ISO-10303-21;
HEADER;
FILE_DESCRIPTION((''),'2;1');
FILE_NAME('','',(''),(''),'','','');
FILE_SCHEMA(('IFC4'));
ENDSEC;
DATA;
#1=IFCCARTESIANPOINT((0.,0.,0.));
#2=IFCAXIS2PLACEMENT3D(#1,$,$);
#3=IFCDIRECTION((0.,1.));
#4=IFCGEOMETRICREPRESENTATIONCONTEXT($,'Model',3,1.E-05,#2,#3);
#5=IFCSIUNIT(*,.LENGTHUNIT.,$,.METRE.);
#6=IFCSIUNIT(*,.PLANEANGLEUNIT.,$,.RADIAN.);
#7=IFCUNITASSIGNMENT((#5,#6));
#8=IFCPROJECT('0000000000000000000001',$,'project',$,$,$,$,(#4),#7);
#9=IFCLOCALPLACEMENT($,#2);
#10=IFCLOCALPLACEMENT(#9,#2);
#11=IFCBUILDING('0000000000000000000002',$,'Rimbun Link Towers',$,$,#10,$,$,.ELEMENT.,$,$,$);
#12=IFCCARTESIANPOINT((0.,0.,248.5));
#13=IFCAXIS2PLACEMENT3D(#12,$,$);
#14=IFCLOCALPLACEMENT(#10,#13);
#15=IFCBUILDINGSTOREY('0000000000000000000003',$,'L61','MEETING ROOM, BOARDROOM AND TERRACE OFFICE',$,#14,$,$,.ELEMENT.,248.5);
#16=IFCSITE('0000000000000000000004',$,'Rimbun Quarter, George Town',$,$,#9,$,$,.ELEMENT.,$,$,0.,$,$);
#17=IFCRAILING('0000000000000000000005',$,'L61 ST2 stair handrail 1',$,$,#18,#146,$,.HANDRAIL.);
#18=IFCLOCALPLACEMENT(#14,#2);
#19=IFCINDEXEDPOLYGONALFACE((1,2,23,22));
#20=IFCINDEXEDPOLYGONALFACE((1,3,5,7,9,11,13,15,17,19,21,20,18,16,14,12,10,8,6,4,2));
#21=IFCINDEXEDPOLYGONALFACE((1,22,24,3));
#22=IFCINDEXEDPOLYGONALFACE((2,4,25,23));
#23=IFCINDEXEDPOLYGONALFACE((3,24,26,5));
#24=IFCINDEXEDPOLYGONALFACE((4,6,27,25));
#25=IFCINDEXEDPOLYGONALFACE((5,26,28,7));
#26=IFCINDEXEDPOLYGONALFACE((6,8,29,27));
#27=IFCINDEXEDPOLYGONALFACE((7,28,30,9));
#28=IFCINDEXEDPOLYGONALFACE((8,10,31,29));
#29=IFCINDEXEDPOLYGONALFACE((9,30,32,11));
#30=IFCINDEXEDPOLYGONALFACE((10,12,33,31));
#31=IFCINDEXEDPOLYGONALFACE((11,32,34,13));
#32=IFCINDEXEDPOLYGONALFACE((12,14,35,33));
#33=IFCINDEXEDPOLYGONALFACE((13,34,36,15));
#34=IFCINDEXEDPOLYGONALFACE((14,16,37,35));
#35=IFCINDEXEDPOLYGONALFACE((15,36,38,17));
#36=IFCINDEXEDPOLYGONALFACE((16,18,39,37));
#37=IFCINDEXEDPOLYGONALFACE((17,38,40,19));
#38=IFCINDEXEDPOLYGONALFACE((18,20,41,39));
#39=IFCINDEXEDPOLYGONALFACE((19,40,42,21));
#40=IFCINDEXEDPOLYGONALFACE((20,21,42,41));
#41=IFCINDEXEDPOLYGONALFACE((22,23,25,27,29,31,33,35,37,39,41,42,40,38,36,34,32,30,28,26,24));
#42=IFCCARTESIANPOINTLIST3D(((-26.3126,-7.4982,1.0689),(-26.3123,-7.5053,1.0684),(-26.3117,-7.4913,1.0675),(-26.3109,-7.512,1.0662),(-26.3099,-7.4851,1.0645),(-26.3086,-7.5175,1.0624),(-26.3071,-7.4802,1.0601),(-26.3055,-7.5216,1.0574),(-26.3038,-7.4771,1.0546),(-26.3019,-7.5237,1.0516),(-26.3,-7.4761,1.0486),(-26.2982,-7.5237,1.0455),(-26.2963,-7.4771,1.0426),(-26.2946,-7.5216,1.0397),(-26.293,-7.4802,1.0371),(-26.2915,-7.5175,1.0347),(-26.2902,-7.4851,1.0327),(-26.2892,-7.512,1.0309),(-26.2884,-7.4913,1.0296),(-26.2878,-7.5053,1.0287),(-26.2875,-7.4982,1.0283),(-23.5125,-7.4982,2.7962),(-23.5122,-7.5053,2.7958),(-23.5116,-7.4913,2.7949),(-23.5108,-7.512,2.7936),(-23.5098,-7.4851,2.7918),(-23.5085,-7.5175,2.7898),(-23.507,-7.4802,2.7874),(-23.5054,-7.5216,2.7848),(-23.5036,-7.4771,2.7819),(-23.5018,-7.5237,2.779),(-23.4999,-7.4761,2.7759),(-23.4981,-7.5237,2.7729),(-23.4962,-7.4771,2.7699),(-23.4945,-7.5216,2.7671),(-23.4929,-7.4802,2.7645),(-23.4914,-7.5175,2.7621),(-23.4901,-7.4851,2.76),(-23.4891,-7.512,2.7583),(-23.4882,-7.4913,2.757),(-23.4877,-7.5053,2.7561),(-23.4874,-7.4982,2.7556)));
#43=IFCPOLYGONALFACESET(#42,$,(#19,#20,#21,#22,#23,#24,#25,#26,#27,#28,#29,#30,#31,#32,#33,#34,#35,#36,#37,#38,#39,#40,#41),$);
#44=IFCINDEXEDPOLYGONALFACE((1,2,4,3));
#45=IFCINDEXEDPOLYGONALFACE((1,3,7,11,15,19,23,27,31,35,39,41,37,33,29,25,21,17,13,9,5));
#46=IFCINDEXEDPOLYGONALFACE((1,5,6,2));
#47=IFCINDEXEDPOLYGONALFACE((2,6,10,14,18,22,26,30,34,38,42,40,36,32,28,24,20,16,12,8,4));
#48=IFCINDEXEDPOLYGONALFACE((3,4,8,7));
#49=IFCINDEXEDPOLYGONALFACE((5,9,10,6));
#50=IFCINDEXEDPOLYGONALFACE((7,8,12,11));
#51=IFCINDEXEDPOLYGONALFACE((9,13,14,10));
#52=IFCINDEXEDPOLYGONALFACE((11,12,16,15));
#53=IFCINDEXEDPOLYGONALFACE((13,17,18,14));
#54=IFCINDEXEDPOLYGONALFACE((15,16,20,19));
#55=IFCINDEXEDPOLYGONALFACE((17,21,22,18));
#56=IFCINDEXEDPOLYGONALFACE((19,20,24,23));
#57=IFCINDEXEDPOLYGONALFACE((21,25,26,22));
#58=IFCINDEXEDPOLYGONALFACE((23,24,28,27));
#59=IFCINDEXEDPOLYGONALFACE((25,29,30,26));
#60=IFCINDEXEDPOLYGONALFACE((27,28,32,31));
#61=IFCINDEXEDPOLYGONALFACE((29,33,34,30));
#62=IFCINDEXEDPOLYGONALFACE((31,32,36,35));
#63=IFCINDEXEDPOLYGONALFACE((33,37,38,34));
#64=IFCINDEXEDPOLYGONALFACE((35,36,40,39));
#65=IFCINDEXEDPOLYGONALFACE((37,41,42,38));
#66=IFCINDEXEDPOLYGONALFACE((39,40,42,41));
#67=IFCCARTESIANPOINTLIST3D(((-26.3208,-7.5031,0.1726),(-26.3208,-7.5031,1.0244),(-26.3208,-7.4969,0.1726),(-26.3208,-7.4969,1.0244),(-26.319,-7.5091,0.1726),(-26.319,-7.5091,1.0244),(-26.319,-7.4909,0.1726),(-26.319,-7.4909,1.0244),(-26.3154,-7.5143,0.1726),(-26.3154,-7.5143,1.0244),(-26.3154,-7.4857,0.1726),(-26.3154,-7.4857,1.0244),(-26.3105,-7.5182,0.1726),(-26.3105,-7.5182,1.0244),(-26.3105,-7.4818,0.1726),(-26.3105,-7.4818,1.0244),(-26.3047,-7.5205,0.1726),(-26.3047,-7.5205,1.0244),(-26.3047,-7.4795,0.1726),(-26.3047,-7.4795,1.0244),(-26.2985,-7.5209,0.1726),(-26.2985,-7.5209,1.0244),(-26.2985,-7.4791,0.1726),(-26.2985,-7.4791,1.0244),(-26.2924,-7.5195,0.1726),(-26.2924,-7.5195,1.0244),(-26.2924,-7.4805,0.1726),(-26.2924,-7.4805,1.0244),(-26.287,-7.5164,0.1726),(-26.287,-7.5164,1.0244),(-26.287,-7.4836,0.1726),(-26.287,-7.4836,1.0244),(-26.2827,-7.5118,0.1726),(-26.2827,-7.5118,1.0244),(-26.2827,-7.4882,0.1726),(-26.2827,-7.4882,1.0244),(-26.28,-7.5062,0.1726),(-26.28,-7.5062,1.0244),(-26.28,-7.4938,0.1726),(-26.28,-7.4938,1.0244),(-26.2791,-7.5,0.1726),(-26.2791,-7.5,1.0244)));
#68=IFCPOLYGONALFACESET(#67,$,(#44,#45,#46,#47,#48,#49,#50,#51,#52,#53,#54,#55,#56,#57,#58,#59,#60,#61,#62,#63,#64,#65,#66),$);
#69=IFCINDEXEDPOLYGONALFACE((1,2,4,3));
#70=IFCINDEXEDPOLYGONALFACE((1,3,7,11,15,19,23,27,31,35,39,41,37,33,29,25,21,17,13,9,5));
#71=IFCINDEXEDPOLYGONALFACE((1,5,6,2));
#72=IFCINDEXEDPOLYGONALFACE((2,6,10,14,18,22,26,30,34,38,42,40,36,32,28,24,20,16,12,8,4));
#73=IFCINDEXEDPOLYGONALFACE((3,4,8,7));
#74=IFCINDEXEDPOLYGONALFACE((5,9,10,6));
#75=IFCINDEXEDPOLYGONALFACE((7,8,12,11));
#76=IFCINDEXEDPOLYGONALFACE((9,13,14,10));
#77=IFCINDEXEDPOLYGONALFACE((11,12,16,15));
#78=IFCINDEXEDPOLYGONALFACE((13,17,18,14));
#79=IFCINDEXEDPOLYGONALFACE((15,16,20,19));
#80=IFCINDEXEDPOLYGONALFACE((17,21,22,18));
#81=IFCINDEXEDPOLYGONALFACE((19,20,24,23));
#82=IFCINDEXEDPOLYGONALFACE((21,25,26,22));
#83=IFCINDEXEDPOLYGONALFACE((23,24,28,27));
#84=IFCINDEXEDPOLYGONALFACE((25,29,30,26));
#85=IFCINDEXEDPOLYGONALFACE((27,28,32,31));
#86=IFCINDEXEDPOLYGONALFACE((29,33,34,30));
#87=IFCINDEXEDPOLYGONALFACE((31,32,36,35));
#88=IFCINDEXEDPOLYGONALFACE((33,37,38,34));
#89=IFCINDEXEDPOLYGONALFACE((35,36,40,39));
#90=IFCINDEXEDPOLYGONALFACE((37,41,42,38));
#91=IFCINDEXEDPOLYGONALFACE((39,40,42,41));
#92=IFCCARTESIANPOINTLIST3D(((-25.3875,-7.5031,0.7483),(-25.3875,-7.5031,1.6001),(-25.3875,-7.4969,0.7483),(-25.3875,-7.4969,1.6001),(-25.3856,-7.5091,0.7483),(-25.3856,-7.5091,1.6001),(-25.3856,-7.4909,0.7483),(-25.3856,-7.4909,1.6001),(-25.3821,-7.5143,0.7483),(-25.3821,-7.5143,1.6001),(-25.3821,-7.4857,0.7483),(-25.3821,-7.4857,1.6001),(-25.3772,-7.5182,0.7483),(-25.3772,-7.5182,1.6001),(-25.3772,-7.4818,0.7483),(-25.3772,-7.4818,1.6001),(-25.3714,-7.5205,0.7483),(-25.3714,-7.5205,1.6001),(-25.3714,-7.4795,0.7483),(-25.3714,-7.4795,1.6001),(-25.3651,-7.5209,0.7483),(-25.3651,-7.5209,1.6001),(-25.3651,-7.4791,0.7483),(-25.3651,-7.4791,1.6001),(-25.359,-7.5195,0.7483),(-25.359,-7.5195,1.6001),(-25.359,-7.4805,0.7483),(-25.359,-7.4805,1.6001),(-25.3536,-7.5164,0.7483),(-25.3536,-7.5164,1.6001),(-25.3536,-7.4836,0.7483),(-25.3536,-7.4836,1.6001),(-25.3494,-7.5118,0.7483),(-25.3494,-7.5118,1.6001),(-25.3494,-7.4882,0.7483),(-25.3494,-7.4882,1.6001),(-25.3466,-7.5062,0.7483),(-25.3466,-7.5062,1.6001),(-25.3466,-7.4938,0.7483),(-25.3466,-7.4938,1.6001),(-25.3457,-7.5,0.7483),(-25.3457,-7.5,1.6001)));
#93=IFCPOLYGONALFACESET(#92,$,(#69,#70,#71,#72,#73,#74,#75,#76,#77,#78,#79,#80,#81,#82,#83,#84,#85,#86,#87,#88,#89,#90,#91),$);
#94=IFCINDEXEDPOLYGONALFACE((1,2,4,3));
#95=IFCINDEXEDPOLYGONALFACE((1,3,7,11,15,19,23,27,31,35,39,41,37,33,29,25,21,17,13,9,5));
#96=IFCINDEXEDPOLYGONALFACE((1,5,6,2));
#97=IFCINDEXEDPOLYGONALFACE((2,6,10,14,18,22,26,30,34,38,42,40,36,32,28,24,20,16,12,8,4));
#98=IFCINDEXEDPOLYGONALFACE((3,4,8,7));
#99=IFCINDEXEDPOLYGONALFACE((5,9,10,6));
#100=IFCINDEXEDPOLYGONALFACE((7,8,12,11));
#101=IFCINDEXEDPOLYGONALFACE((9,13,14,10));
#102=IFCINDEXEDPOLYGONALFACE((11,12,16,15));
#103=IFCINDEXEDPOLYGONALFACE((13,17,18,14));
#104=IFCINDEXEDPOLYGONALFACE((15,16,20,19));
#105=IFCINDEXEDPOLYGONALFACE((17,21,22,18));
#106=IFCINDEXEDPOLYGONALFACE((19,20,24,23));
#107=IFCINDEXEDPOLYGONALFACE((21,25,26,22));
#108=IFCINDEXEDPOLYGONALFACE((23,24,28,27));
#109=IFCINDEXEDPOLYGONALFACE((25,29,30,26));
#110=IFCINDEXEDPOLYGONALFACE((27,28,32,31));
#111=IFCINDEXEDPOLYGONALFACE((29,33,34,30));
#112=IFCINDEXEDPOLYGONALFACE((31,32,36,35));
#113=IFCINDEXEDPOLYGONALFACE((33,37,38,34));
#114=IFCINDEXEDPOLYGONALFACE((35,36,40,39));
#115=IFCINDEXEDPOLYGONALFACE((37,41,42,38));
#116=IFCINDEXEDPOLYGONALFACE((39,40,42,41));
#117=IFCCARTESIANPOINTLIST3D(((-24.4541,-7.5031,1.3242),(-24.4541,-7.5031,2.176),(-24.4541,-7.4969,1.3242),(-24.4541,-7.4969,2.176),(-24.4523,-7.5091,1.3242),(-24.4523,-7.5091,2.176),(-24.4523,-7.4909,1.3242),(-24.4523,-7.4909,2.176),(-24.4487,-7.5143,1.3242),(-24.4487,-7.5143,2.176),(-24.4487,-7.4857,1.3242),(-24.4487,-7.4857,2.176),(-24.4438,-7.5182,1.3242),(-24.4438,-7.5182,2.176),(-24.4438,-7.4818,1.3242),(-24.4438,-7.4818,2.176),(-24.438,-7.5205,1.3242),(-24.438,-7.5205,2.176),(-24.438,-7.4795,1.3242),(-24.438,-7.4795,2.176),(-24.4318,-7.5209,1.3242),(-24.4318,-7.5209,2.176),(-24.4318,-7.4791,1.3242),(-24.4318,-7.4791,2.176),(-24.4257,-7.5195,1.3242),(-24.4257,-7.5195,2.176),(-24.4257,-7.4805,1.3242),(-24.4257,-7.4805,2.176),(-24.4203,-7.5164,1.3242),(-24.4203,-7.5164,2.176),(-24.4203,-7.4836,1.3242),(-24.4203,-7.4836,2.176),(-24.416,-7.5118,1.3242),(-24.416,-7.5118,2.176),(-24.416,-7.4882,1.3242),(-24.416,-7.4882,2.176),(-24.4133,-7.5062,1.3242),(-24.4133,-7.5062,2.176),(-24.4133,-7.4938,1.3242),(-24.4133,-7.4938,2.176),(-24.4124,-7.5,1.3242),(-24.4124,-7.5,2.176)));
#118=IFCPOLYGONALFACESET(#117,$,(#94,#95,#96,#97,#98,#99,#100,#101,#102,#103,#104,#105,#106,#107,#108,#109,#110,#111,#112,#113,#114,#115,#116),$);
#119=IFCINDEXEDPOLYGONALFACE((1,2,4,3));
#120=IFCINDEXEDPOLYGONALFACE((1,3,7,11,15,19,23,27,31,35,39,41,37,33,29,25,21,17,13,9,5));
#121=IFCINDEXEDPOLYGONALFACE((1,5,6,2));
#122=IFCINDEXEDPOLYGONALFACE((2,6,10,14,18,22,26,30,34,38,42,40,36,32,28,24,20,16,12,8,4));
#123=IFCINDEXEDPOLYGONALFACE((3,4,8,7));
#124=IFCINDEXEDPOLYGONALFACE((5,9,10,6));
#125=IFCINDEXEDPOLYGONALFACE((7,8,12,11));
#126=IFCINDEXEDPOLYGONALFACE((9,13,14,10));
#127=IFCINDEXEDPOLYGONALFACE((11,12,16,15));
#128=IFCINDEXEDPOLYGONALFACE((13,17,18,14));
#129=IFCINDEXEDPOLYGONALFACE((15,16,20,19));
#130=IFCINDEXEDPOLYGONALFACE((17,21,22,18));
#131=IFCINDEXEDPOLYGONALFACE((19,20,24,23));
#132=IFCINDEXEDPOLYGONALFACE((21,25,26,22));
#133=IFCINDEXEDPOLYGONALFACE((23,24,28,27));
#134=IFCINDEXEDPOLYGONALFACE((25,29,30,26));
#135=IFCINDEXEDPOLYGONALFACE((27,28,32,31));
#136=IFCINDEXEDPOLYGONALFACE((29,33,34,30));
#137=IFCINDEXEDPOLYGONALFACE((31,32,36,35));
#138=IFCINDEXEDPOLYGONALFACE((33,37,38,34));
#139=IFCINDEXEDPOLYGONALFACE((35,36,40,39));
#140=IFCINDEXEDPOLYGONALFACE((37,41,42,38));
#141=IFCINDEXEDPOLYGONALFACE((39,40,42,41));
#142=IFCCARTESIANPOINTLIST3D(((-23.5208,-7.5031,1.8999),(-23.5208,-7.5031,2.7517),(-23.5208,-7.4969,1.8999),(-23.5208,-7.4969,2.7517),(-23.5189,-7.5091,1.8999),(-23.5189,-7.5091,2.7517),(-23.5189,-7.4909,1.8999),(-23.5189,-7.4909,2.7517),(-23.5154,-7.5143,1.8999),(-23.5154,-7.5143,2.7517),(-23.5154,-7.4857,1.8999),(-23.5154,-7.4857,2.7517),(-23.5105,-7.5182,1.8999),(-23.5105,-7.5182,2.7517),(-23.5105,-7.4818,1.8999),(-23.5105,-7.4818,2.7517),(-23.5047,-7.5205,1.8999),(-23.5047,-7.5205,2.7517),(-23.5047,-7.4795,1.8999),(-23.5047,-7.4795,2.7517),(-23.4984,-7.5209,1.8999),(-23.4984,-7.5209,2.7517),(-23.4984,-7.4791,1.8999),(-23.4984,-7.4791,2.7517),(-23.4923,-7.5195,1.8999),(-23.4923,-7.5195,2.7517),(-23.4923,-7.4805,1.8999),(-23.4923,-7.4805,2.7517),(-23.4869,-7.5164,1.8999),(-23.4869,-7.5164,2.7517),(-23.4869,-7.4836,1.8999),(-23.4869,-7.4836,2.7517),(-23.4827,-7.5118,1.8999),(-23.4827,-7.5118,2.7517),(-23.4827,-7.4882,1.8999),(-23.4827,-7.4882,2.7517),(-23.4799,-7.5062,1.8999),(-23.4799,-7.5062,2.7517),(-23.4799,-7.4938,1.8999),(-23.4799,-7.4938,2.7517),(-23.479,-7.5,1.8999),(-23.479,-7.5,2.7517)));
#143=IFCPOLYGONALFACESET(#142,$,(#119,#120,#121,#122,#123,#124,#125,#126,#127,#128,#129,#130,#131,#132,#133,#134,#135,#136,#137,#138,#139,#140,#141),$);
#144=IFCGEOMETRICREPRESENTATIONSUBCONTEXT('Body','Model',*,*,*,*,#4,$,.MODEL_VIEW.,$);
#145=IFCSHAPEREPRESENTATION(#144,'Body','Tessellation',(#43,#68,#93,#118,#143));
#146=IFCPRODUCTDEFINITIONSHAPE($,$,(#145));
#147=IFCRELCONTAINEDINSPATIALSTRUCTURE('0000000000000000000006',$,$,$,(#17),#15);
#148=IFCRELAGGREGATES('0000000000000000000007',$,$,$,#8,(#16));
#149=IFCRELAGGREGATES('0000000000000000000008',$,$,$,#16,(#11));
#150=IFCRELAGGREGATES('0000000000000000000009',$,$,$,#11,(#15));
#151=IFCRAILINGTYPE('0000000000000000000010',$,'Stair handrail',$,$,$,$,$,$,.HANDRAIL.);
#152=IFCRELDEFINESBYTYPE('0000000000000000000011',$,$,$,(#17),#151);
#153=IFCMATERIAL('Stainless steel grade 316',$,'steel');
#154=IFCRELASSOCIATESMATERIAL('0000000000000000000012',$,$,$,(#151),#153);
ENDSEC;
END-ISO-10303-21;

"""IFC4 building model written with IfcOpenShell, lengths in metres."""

from ifc_helpers import new_model, si_unit, direction, frame, origin, origin_2d, place, context, subcontext, project, spatial, circle, extrude, material, type_object, element, save


model = new_model("IFC4")

# Units and contexts
model_context = context("Model", 3, precision=1e-05, world=origin(), true_north=direction((0.0, 1.0)))
body_context = subcontext(model_context, "Body", "Model", "MODEL_VIEW")
ifc_project = project(units=[si_unit("LENGTHUNIT", "METRE"), si_unit("PLANEANGLEUNIT", "RADIAN")], contexts=[model_context])

# Site, building, storey
site_placement = place(None, origin())
site = spatial("IfcSite", under=ifc_project, at=site_placement, Name="Rimbun Quarter, George Town", CompositionType="ELEMENT", RefElevation=0.0)
building_placement = place(site_placement, origin())
building = spatial("IfcBuilding", under=site, at=building_placement, Name="Rimbun Link Towers", CompositionType="ELEMENT")
storey_placement = place(building_placement, frame((0.0, 0.0, 248.5)))
storey = spatial("IfcBuildingStorey", under=building, at=storey_placement, Name="L61", Description="MEETING ROOM, BOARDROOM AND TERRACE OFFICE", CompositionType="ELEMENT", Elevation=248.5)

# Railing
ifc_material_1 = material(Name="Stainless steel grade 316", Category="steel")
railing_type_1 = type_object("IfcRailingType", Name="Stair handrail", PredefinedType="HANDRAIL", material=ifc_material_1)
railing_1_placement = place(storey_placement, frame((-26.3, -7.5, 0.1726)))
element("IfcRailing", 1, at=railing_1_placement, inside=storey, type_object=railing_type_1, Name="L61 ST2 stair handrail 1", PredefinedType="HANDRAIL", context=body_context, shape_type="SweptSolid", body=[
    extrude(circle(Radius=0.0239, at=origin_2d()), frame((0.0, 0.0, 0.876), z_axis=(0.85109, 0.0, 0.52502), x_axis=(0.0, 1.0, 0.0)), (0.0, 0.0, 1.0), 3.29),
    extrude(circle(Radius=0.021, at=origin_2d()), origin(), (0.0, 0.0, 1.0), 0.8518),
    extrude(circle(Radius=0.021, at=origin_2d()), frame((0.9333, 0.0, 0.5757)), (0.0, 0.0, 1.0), 0.8518),
    extrude(circle(Radius=0.021, at=origin_2d()), frame((1.8667, 0.0, 1.1516)), (0.0, 0.0, 1.0), 0.8518),
    extrude(circle(Radius=0.021, at=origin_2d()), frame((2.8, 0.0, 1.7273)), (0.0, 0.0, 1.0), 0.8518),
])

save(model, "model.ifc")
